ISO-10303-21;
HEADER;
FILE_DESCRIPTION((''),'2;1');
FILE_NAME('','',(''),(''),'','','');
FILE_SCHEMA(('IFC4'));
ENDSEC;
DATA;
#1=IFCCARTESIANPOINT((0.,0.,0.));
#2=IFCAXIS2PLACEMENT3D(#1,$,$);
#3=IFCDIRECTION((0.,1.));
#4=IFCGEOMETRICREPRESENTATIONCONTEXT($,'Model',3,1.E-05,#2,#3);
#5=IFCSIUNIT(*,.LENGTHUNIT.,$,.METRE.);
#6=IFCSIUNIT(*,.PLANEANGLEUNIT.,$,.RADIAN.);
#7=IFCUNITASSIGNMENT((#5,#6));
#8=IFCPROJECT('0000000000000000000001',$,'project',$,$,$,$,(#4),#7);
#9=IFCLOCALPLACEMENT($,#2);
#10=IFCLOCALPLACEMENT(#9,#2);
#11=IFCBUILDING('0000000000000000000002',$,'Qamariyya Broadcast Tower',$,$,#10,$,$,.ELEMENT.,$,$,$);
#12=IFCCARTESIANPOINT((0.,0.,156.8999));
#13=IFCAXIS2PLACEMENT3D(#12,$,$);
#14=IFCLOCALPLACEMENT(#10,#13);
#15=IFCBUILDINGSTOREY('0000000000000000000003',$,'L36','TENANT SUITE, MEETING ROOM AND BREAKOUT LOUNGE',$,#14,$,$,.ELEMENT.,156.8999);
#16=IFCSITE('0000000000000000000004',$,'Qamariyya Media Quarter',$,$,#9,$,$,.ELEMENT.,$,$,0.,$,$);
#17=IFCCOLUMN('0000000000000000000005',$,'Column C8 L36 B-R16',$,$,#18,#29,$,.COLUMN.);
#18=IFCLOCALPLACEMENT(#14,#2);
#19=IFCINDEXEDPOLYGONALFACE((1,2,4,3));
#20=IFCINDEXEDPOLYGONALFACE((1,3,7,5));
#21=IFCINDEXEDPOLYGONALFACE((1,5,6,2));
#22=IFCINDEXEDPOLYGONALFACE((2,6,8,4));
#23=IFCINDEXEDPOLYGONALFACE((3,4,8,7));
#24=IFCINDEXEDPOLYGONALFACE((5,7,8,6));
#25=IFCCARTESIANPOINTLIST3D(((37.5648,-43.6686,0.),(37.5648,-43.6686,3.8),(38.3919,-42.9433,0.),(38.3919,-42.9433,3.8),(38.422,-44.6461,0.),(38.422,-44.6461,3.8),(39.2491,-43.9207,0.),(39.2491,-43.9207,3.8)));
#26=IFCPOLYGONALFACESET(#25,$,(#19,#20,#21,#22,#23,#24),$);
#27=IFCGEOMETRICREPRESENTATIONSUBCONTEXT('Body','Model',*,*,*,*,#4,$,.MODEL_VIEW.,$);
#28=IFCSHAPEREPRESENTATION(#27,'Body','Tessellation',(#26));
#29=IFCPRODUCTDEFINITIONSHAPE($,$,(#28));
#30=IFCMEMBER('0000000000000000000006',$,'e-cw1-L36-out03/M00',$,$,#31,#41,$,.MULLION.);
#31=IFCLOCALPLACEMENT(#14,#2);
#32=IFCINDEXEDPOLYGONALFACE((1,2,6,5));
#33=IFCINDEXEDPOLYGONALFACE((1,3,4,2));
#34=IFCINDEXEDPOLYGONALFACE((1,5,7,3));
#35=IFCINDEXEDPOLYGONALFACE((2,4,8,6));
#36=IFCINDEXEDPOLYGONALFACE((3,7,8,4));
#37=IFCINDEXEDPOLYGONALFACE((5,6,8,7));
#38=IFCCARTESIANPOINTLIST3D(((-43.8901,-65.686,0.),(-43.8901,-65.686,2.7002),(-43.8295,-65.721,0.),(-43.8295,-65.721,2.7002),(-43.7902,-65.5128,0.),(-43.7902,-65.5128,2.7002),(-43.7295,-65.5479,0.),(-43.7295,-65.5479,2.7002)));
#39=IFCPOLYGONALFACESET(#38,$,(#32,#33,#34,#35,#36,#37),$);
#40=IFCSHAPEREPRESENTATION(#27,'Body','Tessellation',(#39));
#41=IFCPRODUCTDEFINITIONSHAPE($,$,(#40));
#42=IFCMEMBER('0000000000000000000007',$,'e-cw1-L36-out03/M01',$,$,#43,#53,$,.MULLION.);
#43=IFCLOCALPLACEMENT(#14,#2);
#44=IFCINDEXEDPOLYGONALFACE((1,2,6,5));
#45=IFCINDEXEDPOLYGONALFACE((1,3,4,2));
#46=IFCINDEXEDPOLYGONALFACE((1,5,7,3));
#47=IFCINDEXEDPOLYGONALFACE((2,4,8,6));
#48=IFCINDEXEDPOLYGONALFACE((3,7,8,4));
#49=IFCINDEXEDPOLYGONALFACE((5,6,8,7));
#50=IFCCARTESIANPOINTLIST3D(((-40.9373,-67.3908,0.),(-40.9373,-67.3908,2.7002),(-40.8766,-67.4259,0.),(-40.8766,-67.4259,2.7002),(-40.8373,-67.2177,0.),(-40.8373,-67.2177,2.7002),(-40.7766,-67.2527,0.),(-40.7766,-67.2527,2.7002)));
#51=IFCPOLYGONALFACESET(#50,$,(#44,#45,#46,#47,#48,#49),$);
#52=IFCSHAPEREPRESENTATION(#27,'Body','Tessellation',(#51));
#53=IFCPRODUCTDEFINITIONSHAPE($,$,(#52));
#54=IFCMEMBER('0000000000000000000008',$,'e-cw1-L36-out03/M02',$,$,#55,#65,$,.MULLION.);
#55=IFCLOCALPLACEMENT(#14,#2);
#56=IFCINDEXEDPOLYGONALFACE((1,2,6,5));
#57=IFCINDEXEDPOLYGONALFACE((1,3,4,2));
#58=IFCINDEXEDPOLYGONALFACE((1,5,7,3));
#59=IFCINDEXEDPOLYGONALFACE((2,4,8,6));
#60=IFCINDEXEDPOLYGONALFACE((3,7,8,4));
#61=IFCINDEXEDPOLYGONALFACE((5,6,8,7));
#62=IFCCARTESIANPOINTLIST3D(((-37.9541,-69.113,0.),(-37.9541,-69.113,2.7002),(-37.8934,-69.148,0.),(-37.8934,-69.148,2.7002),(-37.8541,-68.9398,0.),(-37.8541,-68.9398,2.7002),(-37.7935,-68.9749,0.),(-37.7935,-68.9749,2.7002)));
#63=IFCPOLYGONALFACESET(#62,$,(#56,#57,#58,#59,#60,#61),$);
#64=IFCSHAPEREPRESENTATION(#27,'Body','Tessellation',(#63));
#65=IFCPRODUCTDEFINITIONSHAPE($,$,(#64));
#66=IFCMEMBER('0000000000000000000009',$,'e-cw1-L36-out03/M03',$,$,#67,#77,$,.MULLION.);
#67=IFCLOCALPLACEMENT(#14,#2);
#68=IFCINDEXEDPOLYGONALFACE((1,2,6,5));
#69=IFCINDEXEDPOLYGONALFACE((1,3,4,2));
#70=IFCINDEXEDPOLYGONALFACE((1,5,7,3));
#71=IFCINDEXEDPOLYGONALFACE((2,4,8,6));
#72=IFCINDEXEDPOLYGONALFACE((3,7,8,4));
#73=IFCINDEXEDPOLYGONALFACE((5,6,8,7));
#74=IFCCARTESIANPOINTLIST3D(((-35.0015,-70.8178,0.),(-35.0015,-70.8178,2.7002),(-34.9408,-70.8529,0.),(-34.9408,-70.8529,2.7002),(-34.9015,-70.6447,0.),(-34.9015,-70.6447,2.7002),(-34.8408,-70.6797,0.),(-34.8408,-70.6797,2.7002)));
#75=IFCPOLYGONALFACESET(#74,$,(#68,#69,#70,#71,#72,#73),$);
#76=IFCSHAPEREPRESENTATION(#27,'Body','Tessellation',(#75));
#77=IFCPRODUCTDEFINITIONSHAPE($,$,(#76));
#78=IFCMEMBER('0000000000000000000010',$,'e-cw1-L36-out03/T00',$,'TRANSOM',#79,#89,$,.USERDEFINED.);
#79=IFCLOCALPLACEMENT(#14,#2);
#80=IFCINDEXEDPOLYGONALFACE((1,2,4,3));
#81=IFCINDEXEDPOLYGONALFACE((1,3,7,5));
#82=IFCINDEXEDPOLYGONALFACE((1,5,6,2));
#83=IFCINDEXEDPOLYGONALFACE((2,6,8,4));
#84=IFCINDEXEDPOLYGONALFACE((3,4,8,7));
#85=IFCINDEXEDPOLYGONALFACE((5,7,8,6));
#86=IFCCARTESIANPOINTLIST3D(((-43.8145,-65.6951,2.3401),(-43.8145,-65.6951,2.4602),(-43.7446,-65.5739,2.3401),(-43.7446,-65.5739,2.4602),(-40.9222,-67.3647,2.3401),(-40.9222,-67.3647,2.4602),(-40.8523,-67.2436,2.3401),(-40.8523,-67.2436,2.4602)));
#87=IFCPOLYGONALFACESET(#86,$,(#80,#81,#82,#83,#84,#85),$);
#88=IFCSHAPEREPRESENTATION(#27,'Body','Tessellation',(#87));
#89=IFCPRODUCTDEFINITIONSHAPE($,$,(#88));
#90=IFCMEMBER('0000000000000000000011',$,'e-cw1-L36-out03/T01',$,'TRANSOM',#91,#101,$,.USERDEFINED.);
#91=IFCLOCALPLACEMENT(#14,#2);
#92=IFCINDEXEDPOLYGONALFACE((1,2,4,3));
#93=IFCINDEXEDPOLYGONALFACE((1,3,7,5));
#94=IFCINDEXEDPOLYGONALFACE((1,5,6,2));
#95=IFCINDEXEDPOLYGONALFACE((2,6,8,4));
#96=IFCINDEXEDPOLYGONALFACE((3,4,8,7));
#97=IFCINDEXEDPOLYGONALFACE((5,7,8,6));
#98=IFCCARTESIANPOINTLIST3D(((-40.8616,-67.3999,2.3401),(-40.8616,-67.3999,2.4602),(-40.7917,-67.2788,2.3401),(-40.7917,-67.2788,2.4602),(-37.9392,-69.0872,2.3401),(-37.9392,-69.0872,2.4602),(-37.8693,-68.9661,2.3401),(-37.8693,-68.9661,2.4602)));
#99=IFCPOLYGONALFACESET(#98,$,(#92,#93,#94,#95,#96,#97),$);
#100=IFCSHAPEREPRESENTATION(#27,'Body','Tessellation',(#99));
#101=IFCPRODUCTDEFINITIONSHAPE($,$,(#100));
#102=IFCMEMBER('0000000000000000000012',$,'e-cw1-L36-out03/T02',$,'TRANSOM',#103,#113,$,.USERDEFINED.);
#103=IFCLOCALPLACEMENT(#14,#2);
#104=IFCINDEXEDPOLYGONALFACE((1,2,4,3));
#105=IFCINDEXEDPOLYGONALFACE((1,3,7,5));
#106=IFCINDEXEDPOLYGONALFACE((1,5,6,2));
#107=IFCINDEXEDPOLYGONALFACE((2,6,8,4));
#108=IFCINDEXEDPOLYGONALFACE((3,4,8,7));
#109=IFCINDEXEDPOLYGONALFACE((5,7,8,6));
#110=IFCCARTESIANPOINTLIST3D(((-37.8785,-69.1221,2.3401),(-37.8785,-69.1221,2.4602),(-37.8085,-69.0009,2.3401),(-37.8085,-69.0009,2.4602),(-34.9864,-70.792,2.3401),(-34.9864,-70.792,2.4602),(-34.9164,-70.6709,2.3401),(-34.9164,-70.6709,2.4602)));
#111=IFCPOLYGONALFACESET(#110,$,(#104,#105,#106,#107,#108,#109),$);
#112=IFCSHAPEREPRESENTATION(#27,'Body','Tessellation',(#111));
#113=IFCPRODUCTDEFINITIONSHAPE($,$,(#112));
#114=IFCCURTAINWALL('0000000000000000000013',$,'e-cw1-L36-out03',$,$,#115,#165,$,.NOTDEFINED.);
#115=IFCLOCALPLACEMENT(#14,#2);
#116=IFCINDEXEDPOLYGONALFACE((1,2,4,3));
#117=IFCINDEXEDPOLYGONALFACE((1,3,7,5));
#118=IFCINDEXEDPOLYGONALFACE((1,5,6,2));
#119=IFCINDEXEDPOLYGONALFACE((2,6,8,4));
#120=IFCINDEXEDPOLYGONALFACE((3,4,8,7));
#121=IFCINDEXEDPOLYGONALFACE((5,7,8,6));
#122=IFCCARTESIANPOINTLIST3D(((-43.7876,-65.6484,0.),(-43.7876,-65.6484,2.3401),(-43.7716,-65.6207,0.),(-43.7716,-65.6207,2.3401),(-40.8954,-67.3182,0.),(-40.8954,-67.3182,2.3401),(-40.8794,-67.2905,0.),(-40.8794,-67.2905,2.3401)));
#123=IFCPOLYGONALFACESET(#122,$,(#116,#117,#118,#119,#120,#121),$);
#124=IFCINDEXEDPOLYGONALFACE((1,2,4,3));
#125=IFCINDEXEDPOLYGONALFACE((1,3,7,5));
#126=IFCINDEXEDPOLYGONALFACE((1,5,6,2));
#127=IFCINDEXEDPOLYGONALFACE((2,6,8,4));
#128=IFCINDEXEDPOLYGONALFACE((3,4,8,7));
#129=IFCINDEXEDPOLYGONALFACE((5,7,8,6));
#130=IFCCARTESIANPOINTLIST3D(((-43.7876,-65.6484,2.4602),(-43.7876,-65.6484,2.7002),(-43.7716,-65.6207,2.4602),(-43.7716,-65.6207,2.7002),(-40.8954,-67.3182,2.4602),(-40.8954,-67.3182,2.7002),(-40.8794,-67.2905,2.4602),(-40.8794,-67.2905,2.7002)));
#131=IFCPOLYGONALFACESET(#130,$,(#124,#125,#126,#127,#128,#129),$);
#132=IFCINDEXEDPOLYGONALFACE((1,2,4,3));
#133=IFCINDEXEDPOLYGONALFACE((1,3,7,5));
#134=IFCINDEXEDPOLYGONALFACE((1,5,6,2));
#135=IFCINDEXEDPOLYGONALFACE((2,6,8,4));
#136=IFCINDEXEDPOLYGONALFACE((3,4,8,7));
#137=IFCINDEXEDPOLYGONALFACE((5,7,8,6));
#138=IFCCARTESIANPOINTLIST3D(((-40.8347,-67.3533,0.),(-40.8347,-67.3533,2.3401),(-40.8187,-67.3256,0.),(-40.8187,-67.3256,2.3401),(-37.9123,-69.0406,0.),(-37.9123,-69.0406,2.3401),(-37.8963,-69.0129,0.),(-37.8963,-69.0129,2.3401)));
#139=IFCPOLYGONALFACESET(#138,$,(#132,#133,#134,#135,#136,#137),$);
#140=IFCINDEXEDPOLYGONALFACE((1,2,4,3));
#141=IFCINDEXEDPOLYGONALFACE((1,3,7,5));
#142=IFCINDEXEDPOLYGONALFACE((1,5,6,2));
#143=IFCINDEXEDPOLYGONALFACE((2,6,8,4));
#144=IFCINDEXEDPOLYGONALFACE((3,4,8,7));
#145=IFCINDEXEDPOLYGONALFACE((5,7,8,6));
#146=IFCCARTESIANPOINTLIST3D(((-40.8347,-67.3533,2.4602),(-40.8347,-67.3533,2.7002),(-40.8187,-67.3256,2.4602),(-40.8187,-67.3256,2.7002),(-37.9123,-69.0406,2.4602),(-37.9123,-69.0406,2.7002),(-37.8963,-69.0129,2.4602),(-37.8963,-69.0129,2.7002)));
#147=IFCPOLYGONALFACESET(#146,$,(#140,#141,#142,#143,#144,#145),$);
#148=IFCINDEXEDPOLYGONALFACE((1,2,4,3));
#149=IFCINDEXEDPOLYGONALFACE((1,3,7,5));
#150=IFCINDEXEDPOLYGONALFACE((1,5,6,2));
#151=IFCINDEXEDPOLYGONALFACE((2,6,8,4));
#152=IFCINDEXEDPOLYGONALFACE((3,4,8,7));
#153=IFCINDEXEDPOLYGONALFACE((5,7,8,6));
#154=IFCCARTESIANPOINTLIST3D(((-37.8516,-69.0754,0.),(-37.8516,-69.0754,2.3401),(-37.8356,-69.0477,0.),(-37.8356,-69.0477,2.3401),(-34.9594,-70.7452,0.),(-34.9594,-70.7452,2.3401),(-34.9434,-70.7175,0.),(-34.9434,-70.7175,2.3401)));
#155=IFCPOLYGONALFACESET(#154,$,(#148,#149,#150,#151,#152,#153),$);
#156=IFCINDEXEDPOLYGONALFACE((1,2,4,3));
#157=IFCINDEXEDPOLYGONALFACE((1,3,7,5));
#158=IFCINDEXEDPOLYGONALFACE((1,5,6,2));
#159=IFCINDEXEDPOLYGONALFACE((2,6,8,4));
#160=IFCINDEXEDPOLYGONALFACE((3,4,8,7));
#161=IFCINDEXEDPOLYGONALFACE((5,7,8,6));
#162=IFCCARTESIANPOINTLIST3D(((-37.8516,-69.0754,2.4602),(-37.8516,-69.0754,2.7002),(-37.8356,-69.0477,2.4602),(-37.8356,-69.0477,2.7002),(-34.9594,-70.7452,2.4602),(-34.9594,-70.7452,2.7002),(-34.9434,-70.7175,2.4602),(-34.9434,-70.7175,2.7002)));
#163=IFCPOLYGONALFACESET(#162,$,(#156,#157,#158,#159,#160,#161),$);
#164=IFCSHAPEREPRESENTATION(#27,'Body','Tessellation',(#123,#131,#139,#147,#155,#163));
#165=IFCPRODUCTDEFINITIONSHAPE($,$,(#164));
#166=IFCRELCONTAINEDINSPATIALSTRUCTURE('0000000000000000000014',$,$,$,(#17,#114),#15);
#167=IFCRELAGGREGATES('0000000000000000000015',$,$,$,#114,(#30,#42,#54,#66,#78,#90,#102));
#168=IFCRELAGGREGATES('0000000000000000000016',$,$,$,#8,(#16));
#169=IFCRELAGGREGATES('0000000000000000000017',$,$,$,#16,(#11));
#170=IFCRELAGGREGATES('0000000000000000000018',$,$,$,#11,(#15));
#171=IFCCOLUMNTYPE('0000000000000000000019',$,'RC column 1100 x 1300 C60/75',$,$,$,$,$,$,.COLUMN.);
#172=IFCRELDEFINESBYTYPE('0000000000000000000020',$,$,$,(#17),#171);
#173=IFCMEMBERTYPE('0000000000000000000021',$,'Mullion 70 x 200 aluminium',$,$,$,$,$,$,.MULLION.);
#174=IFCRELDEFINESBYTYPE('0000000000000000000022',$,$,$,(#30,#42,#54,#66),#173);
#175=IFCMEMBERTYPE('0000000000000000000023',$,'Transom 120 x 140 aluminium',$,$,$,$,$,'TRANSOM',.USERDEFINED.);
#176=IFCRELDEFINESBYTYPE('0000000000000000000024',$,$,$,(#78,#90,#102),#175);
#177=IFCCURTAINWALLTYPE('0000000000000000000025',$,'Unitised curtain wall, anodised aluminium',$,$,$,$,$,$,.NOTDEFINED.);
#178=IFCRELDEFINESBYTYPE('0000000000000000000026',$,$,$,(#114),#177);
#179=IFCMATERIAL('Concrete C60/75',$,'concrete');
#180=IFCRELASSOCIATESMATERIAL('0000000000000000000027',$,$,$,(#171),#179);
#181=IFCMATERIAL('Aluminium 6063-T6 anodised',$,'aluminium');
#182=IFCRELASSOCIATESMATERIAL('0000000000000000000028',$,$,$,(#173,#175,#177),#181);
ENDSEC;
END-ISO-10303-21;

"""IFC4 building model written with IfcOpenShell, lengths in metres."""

from ifc_helpers import new_model, si_unit, direction, frame, origin, origin_2d, place, context, subcontext, project, spatial, rectangle, extrude, material, material_profile, profile_set, type_object, element, aggregate, save


model = new_model("IFC4")

# Units and contexts
model_context = context("Model", 3, precision=1e-05, world=origin(), true_north=direction((0.0, 1.0)))
body_context = subcontext(model_context, "Body", "Model", "MODEL_VIEW")
ifc_project = project(units=[si_unit("LENGTHUNIT", "METRE"), si_unit("PLANEANGLEUNIT", "RADIAN")], contexts=[model_context])

# Site, building, storey
site_placement = place(None, origin())
site = spatial("IfcSite", under=ifc_project, at=site_placement, Name="Qamariyya Media Quarter", CompositionType="ELEMENT", RefElevation=0.0)
building_placement = place(site_placement, origin())
building = spatial("IfcBuilding", under=site, at=building_placement, Name="Qamariyya Broadcast Tower", CompositionType="ELEMENT")
storey_placement = place(building_placement, frame((0.0, 0.0, 156.8999)))
storey = spatial("IfcBuildingStorey", under=building, at=storey_placement, Name="L36", Description="TENANT SUITE, MEETING ROOM AND BREAKOUT LOUNGE", CompositionType="ELEMENT", Elevation=156.8999)

# Column
ifc_material_1 = material(Name="Concrete C60/75", Category="concrete")
ifc_material_profile_1 = material_profile(ifc_material_1, rectangle(XDim=1.1001, YDim=1.3, at=origin_2d()))
ifc_profile_set_1 = profile_set([ifc_material_profile_1], Name="Concrete C60/75")
column_type = type_object("IfcColumnType", Name="RC column 1100 x 1300 C60/75", PredefinedType="COLUMN", material=ifc_profile_set_1)
column_placement = place(storey_placement, frame((38.407, -43.7947, 0.0), z_axis=(0.0, 0.0, 1.0), x_axis=(0.75184, 0.659346, 0.0)))
element("IfcColumn", 1, at=column_placement, inside=storey, type_object=column_type, Name="Column C8 L36 B-R16", PredefinedType="COLUMN", context=body_context, shape_type="SweptSolid", body=[
    extrude(rectangle(XDim=1.1001, YDim=1.3, at=origin_2d()), origin(), (0.0, 0.0, 1.0), 3.8),
])

# Members
ifc_material_2 = material(Name="Aluminium 6063-T6 anodised", Category="aluminium")
ifc_material_profile_2 = material_profile(ifc_material_2, rectangle(XDim=0.2, YDim=0.0701, at=origin_2d()))
ifc_profile_set_2 = profile_set([ifc_material_profile_2], Name="Aluminium 6063-T6 anodised")
member_type_1 = type_object("IfcMemberType", Name="Mullion 70 x 200 aluminium", PredefinedType="MULLION", material=ifc_profile_set_2)
member_1_placement = place(storey_placement, frame((-43.8098, -65.6169, 0.0), z_axis=(0.0, 0.0, 1.0), x_axis=(0.5, 0.866025, 0.0)))
member_1 = element("IfcMember", 2, at=member_1_placement, type_object=member_type_1, Name="e-cw1-L36-out03/M00", PredefinedType="MULLION", context=body_context, shape_type="SweptSolid", body=[
    extrude(rectangle(XDim=0.2, YDim=0.0701, at=origin_2d()), origin(), (0.0, 0.0, 1.0), 2.7002),
])
member_2_placement = place(storey_placement, frame((-40.8569, -67.3218, 0.0), z_axis=(0.0, 0.0, 1.0), x_axis=(0.5, 0.866025, 0.0)))
member_2 = element("IfcMember", 3, at=member_2_placement, type_object=member_type_1, Name="e-cw1-L36-out03/M01", PredefinedType="MULLION", context=body_context, shape_type="SweptSolid", body=[
    extrude(rectangle(XDim=0.2, YDim=0.0701, at=origin_2d()), origin(), (0.0, 0.0, 1.0), 2.7002),
])
member_3_placement = place(storey_placement, frame((-37.8738, -69.0439, 0.0), z_axis=(0.0, 0.0, 1.0), x_axis=(0.5, 0.866025, 0.0)))
member_3 = element("IfcMember", 4, at=member_3_placement, type_object=member_type_1, Name="e-cw1-L36-out03/M02", PredefinedType="MULLION", context=body_context, shape_type="SweptSolid", body=[
    extrude(rectangle(XDim=0.2, YDim=0.0701, at=origin_2d()), origin(), (0.0, 0.0, 1.0), 2.7002),
])
member_4_placement = place(storey_placement, frame((-34.9211, -70.7488, 0.0), z_axis=(0.0, 0.0, 1.0), x_axis=(0.5, 0.866025, 0.0)))
member_4 = element("IfcMember", 5, at=member_4_placement, type_object=member_type_1, Name="e-cw1-L36-out03/M03", PredefinedType="MULLION", context=body_context, shape_type="SweptSolid", body=[
    extrude(rectangle(XDim=0.2, YDim=0.0701, at=origin_2d()), origin(), (0.0, 0.0, 1.0), 2.7002),
])

# Members
ifc_material_profile_3 = material_profile(ifc_material_2, rectangle(XDim=0.1399, YDim=0.1201, at=origin_2d()))
ifc_profile_set_3 = profile_set([ifc_material_profile_3], Name="Aluminium 6063-T6 anodised")
member_type_2 = type_object("IfcMemberType", Name="Transom 120 x 140 aluminium", ElementType="TRANSOM", PredefinedType="USERDEFINED", material=ifc_profile_set_3)
member_5_placement = place(storey_placement, frame((-43.7795, -65.6345, 2.4001), z_axis=(0.866053, -0.499952, 0.0), x_axis=(0.499952, 0.866053, 0.0)))
member_5 = element("IfcMember", 6, at=member_5_placement, type_object=member_type_2, Name="e-cw1-L36-out03/T00", ObjectType="TRANSOM", PredefinedType="USERDEFINED", context=body_context, shape_type="SweptSolid", body=[
    extrude(rectangle(XDim=0.1399, YDim=0.1201, at=origin_2d()), origin(), (0.0, 0.0, 1.0), 3.3396),
])
member_6_placement = place(storey_placement, frame((-40.8267, -67.3394, 2.4001), z_axis=(0.866022, -0.500006, 0.0), x_axis=(0.500006, 0.866022, 0.0)))
member_6 = element("IfcMember", 7, at=member_6_placement, type_object=member_type_2, Name="e-cw1-L36-out03/T01", ObjectType="TRANSOM", PredefinedType="USERDEFINED", context=body_context, shape_type="SweptSolid", body=[
    extrude(rectangle(XDim=0.1399, YDim=0.1201, at=origin_2d()), origin(), (0.0, 0.0, 1.0), 3.3745),
])
member_7_placement = place(storey_placement, frame((-37.8435, -69.0615, 2.4001), z_axis=(0.866003, -0.500039, 0.0), x_axis=(0.500039, 0.866003, 0.0)))
member_7 = element("IfcMember", 8, at=member_7_placement, type_object=member_type_2, Name="e-cw1-L36-out03/T02", ObjectType="TRANSOM", PredefinedType="USERDEFINED", context=body_context, shape_type="SweptSolid", body=[
    extrude(rectangle(XDim=0.1399, YDim=0.1201, at=origin_2d()), origin(), (0.0, 0.0, 1.0), 3.3396),
])

# Curtain wall
curtain_wall_type = type_object("IfcCurtainWallType", Name="Unitised curtain wall, anodised aluminium", PredefinedType="NOTDEFINED", material=ifc_material_2)
curtain_wall_1_placement = place(storey_placement, origin())
curtain_wall_1 = element("IfcCurtainWall", 9, at=curtain_wall_1_placement, inside=storey, type_object=curtain_wall_type, Name="e-cw1-L36-out03", PredefinedType="NOTDEFINED", context=body_context, shape_type="SweptSolid", body=[
    extrude(rectangle(XDim=3.3396, YDim=0.032, at=origin_2d()), frame((-42.3335, -66.4695, 0.0), x_axis=(0.866029, -0.499994, 0.0)), (0.0, 0.0, 1.0), 2.3401),
    extrude(rectangle(XDim=3.3396, YDim=0.032, at=origin_2d()), frame((-42.3335, -66.4695, 2.4602), x_axis=(0.866029, -0.499994, 0.0)), (0.0, 0.0, 1.0), 0.24),
    extrude(rectangle(XDim=3.3745, YDim=0.032, at=origin_2d()), frame((-39.3655, -68.1831, 0.0), x_axis=(0.866029, -0.499994, 0.0)), (0.0, 0.0, 1.0), 2.3401),
    extrude(rectangle(XDim=3.3745, YDim=0.032, at=origin_2d()), frame((-39.3655, -68.1831, 2.4602), x_axis=(0.866029, -0.499994, 0.0)), (0.0, 0.0, 1.0), 0.24),
    extrude(rectangle(XDim=3.3396, YDim=0.032, at=origin_2d()), frame((-36.3975, -69.8965, 0.0), x_axis=(0.866029, -0.499994, 0.0)), (0.0, 0.0, 1.0), 2.3401),
    extrude(rectangle(XDim=3.3396, YDim=0.032, at=origin_2d()), frame((-36.3975, -69.8965, 2.4602), x_axis=(0.866029, -0.499994, 0.0)), (0.0, 0.0, 1.0), 0.24),
])
aggregate(curtain_wall_1, [member_1, member_2, member_3, member_4, member_5, member_6, member_7])

save(model, "model.ifc")
